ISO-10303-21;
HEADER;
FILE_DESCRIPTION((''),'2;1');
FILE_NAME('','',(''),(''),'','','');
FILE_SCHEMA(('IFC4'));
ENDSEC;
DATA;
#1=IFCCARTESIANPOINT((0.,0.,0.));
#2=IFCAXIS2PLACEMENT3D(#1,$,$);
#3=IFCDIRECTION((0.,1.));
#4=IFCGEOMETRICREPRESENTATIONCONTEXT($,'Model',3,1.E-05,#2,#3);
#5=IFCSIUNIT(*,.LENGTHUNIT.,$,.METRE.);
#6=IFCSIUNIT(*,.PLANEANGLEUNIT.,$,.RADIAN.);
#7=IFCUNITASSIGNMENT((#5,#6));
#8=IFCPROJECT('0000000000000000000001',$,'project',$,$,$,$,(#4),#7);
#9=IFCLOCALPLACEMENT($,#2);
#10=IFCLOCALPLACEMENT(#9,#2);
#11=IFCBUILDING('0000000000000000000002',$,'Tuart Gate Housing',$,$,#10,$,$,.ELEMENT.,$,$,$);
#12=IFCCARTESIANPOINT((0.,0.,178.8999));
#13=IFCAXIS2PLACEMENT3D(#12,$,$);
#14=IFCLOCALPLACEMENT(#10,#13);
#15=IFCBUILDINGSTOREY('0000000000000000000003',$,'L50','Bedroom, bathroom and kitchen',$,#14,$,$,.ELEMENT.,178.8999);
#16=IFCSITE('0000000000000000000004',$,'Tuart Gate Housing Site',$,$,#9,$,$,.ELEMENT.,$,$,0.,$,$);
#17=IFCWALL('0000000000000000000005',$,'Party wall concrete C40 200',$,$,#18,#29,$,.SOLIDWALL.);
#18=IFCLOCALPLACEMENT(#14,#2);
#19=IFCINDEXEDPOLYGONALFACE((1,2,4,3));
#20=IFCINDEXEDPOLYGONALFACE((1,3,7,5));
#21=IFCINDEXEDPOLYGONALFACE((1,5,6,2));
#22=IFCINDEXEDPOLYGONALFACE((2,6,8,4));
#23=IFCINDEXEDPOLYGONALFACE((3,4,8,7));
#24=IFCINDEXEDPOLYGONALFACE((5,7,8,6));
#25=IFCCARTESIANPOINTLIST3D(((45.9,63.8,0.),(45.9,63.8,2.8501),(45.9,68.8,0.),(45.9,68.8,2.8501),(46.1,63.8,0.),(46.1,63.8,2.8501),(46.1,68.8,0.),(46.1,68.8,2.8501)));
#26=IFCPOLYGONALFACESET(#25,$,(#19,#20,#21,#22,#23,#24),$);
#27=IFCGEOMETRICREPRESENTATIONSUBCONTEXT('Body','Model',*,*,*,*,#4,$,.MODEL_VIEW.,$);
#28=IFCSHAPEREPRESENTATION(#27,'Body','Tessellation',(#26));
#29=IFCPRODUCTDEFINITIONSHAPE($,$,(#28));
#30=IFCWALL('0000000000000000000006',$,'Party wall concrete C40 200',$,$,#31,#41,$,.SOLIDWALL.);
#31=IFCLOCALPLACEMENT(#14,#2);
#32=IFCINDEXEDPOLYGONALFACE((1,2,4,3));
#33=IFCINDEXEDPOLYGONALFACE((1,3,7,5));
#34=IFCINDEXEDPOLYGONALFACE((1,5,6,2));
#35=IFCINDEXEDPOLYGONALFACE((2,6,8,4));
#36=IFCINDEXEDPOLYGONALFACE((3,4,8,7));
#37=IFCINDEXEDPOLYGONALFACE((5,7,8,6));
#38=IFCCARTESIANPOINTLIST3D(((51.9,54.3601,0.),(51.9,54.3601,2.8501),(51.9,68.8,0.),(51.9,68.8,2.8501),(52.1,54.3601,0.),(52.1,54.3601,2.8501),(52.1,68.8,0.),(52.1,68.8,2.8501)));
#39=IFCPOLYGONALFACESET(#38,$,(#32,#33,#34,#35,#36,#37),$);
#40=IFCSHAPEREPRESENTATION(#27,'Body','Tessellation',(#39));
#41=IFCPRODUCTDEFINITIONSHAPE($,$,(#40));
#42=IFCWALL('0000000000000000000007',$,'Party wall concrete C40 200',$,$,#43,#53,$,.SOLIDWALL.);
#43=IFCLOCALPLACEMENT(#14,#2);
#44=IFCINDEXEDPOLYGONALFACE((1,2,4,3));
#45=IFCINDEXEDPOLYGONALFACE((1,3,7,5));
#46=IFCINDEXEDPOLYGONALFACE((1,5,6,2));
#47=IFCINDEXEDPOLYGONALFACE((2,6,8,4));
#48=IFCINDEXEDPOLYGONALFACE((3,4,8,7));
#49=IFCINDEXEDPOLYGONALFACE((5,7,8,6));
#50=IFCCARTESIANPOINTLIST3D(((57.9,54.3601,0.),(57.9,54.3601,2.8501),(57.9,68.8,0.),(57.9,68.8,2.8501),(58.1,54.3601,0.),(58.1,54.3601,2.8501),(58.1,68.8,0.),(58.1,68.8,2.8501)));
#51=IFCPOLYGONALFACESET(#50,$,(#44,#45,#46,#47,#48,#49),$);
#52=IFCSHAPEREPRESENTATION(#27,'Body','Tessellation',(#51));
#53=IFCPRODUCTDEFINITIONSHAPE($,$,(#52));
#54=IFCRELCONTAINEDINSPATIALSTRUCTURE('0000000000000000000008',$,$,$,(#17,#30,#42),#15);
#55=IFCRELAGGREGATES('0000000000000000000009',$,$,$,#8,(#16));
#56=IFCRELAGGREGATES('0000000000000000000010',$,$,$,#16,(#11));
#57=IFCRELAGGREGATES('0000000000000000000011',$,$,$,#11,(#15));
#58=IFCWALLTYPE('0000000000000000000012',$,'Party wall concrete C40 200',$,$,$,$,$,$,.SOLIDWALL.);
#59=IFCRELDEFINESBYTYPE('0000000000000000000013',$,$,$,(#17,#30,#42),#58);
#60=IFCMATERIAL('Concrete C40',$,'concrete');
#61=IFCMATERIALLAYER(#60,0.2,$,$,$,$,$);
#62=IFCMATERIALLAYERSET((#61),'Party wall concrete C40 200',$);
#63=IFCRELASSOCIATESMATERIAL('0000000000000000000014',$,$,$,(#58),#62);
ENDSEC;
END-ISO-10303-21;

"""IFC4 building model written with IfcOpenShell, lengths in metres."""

from ifc_helpers import new_model, si_unit, direction, frame, frame_2d, origin, place, context, subcontext, project, spatial, rectangle, extrude, material, layer, layer_set, type_object, element, save


model = new_model("IFC4")

# Units and contexts
model_context = context("Model", 3, precision=1e-05, world=origin(), true_north=direction((0.0, 1.0)))
body_context = subcontext(model_context, "Body", "Model", "MODEL_VIEW")
ifc_project = project(units=[si_unit("LENGTHUNIT", "METRE"), si_unit("PLANEANGLEUNIT", "RADIAN")], contexts=[model_context])

# Site, building, storey
site_placement = place(None, origin())
site = spatial("IfcSite", under=ifc_project, at=site_placement, Name="Tuart Gate Housing Site", CompositionType="ELEMENT", RefElevation=0.0)
building_placement = place(site_placement, origin())
building = spatial("IfcBuilding", under=site, at=building_placement, Name="Tuart Gate Housing", CompositionType="ELEMENT")
storey_placement = place(building_placement, frame((0.0, 0.0, 178.8999)))
storey = spatial("IfcBuildingStorey", under=building, at=storey_placement, Name="L50", Description="Bedroom, bathroom and kitchen", CompositionType="ELEMENT", Elevation=178.8999)

# Walls
ifc_material_1 = material(Name="Concrete C40", Category="concrete")
ifc_layer_1 = layer(ifc_material_1, 0.2)
ifc_layer_set_1 = layer_set([ifc_layer_1], Name="Party wall concrete C40 200")
wall_type_1 = type_object("IfcWallType", Name="Party wall concrete C40 200", PredefinedType="SOLIDWALL", material=ifc_layer_set_1)
wall_1_placement = place(storey_placement, frame((46.0, 63.8, 0.0), z_axis=(0.0, 0.0, 1.0), x_axis=(0.0, 1.0, 0.0)))
element("IfcWall", 1, at=wall_1_placement, inside=storey, type_object=wall_type_1, Name="Party wall concrete C40 200", PredefinedType="SOLIDWALL", context=body_context, shape_type="SweptSolid", body=[
    extrude(rectangle(XDim=5.0, YDim=0.2, at=frame_2d((2.5, 0.0))), origin(), (0.0, 0.0, 1.0), 2.8501),
])
for number, where, z_axis, x_axis, name in (
    (2, (52.0, 54.3601, 0.0), (0.0, 0.0, 1.0), (0.0, 1.0, 0.0), "Party wall concrete C40 200"),
    (3, (58.0, 54.3601, 0.0), (0.0, 0.0, 1.0), (0.0, 1.0, 0.0), "Party wall concrete C40 200"),
):
    element("IfcWall", number, at=place(storey_placement, frame(where, z_axis=z_axis, x_axis=x_axis)), inside=storey, type_object=wall_type_1, Name=name, PredefinedType="SOLIDWALL", context=body_context, shape_type="SweptSolid", body=[
        extrude(rectangle(XDim=14.4399, YDim=0.2, at=frame_2d((7.22, 0.0))), origin(), (0.0, 0.0, 1.0), 2.8501),
    ])

save(model, "model.ifc")
